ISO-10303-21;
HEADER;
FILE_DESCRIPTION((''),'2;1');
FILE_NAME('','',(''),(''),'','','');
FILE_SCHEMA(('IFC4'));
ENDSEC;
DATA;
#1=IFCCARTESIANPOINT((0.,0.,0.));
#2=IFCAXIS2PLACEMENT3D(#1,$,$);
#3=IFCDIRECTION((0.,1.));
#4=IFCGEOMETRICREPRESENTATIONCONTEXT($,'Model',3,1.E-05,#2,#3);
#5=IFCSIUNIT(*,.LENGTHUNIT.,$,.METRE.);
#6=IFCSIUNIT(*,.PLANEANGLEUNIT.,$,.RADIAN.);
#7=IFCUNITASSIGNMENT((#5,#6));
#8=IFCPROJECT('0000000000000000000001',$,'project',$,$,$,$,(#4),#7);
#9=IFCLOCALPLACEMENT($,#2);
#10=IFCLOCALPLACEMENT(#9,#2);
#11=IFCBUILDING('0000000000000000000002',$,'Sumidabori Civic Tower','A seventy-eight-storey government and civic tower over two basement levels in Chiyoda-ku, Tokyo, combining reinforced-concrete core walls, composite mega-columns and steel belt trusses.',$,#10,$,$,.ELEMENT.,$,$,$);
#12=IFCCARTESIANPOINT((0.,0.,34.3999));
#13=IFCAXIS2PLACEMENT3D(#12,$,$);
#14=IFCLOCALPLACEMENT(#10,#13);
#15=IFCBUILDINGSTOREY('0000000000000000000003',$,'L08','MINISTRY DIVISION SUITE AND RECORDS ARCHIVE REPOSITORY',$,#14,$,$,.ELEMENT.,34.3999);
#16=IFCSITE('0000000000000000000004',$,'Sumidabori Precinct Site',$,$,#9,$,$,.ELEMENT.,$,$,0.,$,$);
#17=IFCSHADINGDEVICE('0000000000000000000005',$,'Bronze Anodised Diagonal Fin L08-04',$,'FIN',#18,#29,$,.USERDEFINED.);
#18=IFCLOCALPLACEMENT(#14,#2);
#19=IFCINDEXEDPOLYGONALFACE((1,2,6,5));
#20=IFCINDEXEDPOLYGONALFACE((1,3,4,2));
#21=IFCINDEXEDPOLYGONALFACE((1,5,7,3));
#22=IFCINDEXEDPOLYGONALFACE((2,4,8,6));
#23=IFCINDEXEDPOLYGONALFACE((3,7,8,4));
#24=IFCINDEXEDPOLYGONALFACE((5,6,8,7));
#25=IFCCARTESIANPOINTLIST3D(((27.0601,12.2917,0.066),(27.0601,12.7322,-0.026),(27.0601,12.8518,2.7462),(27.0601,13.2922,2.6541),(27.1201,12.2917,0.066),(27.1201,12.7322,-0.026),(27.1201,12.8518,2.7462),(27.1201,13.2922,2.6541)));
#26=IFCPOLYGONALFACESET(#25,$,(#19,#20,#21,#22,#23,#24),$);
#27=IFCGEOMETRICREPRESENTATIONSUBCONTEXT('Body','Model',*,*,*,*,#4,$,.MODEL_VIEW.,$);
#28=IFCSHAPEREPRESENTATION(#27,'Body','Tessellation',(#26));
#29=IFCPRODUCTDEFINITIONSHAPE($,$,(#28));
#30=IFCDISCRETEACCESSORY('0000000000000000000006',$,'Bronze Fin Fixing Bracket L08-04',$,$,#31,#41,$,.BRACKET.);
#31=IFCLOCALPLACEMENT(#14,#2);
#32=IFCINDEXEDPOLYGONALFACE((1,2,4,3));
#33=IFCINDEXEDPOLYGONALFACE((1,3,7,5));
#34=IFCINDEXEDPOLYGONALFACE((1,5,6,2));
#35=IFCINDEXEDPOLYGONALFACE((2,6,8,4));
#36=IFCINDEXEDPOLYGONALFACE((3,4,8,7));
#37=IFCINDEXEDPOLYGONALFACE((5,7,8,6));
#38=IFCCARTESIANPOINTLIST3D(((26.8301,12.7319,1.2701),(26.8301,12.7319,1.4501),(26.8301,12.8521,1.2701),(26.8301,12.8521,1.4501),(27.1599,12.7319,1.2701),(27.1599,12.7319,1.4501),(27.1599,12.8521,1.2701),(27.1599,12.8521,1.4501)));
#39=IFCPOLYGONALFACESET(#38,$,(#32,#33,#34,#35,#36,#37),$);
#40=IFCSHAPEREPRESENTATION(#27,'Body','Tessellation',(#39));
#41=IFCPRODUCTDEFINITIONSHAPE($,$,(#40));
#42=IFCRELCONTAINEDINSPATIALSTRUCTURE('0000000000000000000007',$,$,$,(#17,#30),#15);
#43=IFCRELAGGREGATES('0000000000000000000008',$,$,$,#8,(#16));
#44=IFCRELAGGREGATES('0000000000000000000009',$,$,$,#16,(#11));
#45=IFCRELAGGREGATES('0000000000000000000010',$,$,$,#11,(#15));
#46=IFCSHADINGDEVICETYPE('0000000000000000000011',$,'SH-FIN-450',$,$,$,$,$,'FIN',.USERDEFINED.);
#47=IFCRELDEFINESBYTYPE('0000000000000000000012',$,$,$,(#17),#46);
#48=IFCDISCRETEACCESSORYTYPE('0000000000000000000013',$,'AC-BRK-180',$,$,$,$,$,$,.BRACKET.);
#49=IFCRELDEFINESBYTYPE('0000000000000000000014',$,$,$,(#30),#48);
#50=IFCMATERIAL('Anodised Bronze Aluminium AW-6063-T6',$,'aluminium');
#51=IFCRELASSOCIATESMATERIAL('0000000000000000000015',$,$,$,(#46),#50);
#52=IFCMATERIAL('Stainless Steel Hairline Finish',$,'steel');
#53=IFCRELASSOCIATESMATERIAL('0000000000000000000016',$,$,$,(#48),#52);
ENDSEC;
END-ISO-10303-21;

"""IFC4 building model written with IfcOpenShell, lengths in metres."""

from ifc_helpers import new_model, si_unit, direction, frame, origin, origin_2d, place, context, subcontext, project, spatial, rectangle, extrude, source, transform, mapped, material, material_profile, profile_set, type_object, element, save


model = new_model("IFC4")

# Units and contexts
model_context = context("Model", 3, precision=1e-05, world=origin(), true_north=direction((0.0, 1.0)))
body_context = subcontext(model_context, "Body", "Model", "MODEL_VIEW")
ifc_project = project(units=[si_unit("LENGTHUNIT", "METRE"), si_unit("PLANEANGLEUNIT", "RADIAN")], contexts=[model_context])

# Site, building, storey
site_placement = place(None, origin())
site = spatial("IfcSite", under=ifc_project, at=site_placement, Name="Sumidabori Precinct Site", CompositionType="ELEMENT", RefElevation=0.0)
building_placement = place(site_placement, origin())
building = spatial("IfcBuilding", under=site, at=building_placement, Name="Sumidabori Civic Tower", Description="A seventy-eight-storey government and civic tower over two basement levels in Chiyoda-ku, Tokyo, combining reinforced-concrete core walls, composite mega-columns and steel belt trusses.", CompositionType="ELEMENT")
storey_placement = place(building_placement, frame((0.0, 0.0, 34.3999)))
storey = spatial("IfcBuildingStorey", under=building, at=storey_placement, Name="L08", Description="MINISTRY DIVISION SUITE AND RECORDS ARCHIVE REPOSITORY", CompositionType="ELEMENT", Elevation=34.3999)

# Shared definitions
ifc_material_1 = material(Name="Anodised Bronze Aluminium AW-6063-T6", Category="aluminium")

# Shared definitions
ifc_material_2 = material(Name="Stainless Steel Hairline Finish", Category="steel")

# Shading device
ifc_material_profile_1 = material_profile(ifc_material_1, rectangle(XDim=0.0601, YDim=0.45, at=origin_2d()), Name="BRONZE FIN 450x60")
ifc_profile_set_1 = profile_set([ifc_material_profile_1], Name="Anodised Bronze Aluminium AW-6063-T6")
shading_device_type = type_object("IfcShadingDeviceType", Name="SH-FIN-450", ElementType="FIN", PredefinedType="USERDEFINED", material=ifc_profile_set_1)
shared_shape_1 = source(origin(), body_context, "Body", "SweptSolid", [
    extrude(rectangle(XDim=0.0601, YDim=0.45, at=origin_2d()), origin(), (0.0, 0.0, 1.0), 2.738),
])
shading_device_placement = place(storey_placement, frame((27.0901, 12.512, 0.02), z_axis=(0.0, 0.204545, 0.978857), x_axis=(-1.0, 0.0, 0.0)))
element("IfcShadingDevice", 1, at=shading_device_placement, inside=storey, type_object=shading_device_type, Name="Bronze Anodised Diagonal Fin L08-04", ObjectType="FIN", PredefinedType="USERDEFINED", context=body_context, shape_type="MappedRepresentation", body=[
    mapped(shared_shape_1, transform((0.0, 0.0, 0.0), x_axis=(1.0, 0.0, 0.0), y_axis=(0.0, 1.0, 0.0), z_axis=(0.0, 0.0, 1.0), scale=1.0)),
])

# Discrete accessory
ifc_material_profile_2 = material_profile(ifc_material_2, rectangle(XDim=0.1201, YDim=0.1799, at=origin_2d()), Name="STEEL BRACKET 180x120")
ifc_profile_set_2 = profile_set([ifc_material_profile_2], Name="Stainless Steel Hairline Finish")
discrete_accessory_type = type_object("IfcDiscreteAccessoryType", Name="AC-BRK-180", PredefinedType="BRACKET", material=ifc_profile_set_2)
shared_shape_2 = source(origin(), body_context, "Body", "SweptSolid", [
    extrude(rectangle(XDim=0.1201, YDim=0.1799, at=origin_2d()), origin(), (0.0, 0.0, 1.0), 0.3298),
])
discrete_accessory_placement = place(storey_placement, frame((26.8301, 12.792, 1.3601), z_axis=(1.0, 0.0, 0.0), x_axis=(0.0, 1.0, 0.0)))
element("IfcDiscreteAccessory", 2, at=discrete_accessory_placement, inside=storey, type_object=discrete_accessory_type, Name="Bronze Fin Fixing Bracket L08-04", PredefinedType="BRACKET", context=body_context, shape_type="MappedRepresentation", body=[
    mapped(shared_shape_2, transform((0.0, 0.0, 0.0), x_axis=(1.0, 0.0, 0.0), y_axis=(0.0, 1.0, 0.0), z_axis=(0.0, 0.0, 1.0), scale=1.0)),
])

save(model, "model.ifc")
